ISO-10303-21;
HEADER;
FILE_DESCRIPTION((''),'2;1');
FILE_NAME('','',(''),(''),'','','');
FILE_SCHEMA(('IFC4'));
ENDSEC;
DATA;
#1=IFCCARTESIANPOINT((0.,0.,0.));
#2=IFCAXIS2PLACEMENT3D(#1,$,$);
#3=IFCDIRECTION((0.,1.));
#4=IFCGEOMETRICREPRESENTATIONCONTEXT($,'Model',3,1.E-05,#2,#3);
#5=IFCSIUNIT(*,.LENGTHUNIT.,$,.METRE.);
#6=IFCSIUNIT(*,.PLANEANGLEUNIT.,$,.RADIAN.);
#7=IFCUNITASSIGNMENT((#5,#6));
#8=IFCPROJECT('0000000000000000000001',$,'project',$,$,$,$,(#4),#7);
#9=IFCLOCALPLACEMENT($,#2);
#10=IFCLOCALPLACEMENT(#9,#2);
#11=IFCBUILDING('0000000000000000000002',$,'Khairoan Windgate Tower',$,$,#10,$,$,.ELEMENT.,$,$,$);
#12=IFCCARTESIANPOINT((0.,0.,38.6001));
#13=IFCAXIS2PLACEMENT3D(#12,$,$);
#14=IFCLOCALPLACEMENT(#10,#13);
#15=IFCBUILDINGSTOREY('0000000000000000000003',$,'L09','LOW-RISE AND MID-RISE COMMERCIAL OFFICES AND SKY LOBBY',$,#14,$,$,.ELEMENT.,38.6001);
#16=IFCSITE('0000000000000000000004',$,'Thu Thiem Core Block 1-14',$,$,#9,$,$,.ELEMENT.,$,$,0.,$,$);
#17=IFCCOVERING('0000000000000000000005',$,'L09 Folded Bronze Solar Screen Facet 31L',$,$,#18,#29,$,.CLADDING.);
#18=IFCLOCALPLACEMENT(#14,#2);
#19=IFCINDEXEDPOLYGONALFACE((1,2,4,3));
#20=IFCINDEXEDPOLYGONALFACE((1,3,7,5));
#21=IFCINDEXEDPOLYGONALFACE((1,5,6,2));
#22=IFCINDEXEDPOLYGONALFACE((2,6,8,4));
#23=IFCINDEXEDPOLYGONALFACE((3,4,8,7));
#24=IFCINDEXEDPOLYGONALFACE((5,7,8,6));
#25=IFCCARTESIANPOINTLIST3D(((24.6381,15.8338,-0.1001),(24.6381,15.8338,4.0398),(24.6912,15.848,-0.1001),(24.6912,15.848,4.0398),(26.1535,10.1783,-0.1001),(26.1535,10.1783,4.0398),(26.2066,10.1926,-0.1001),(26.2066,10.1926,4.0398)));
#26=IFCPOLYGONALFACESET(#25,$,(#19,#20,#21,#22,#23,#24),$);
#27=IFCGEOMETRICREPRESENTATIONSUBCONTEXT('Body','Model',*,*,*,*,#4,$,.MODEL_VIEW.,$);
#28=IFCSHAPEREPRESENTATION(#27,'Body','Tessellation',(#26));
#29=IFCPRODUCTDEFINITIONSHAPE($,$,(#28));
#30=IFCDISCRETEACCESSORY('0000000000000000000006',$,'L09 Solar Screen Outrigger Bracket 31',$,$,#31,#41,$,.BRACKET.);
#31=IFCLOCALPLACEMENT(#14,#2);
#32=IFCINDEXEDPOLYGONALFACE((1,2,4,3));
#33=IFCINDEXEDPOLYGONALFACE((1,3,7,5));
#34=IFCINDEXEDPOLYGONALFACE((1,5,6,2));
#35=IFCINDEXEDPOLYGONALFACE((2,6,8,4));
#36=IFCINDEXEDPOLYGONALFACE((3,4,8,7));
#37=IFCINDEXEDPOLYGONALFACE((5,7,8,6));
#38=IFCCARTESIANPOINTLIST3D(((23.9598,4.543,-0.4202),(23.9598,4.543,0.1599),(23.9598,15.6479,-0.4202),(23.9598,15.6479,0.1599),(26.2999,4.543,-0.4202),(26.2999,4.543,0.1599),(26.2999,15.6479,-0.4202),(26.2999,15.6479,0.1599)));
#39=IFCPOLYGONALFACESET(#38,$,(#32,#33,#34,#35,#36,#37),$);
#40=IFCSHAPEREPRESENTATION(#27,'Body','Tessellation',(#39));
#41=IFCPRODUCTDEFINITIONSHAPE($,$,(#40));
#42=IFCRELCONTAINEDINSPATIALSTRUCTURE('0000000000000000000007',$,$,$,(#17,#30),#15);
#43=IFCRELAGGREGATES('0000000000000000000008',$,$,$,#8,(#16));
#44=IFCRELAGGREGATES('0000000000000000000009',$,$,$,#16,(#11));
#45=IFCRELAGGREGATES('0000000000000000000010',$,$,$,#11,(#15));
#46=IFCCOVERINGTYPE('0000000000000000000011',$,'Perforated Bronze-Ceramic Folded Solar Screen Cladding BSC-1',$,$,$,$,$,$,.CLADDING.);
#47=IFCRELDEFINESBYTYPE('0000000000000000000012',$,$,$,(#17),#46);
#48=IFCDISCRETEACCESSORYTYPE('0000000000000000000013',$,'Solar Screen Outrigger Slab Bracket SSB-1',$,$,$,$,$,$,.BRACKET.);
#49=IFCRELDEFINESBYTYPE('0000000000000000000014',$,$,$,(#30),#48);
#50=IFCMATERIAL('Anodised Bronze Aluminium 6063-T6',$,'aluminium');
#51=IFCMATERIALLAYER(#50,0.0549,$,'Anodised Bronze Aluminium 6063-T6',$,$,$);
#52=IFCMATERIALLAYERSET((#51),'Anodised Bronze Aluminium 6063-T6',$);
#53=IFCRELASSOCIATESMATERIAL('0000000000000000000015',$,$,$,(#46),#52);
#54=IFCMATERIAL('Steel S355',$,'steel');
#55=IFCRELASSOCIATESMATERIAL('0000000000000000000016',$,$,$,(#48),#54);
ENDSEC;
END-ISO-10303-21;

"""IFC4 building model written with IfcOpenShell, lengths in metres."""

from ifc_helpers import new_model, si_unit, direction, frame, origin, origin_2d, place, context, subcontext, project, spatial, rectangle, extrude, material, layer, layer_set, type_object, element, save


model = new_model("IFC4")

# Units and contexts
model_context = context("Model", 3, precision=1e-05, world=origin(), true_north=direction((0.0, 1.0)))
body_context = subcontext(model_context, "Body", "Model", "MODEL_VIEW")
ifc_project = project(units=[si_unit("LENGTHUNIT", "METRE"), si_unit("PLANEANGLEUNIT", "RADIAN")], contexts=[model_context])

# Site, building, storey
site_placement = place(None, origin())
site = spatial("IfcSite", under=ifc_project, at=site_placement, Name="Thu Thiem Core Block 1-14", CompositionType="ELEMENT", RefElevation=0.0)
building_placement = place(site_placement, origin())
building = spatial("IfcBuilding", under=site, at=building_placement, Name="Khairoan Windgate Tower", CompositionType="ELEMENT")
storey_placement = place(building_placement, frame((0.0, 0.0, 38.6001)))
storey = spatial("IfcBuildingStorey", under=building, at=storey_placement, Name="L09", Description="LOW-RISE AND MID-RISE COMMERCIAL OFFICES AND SKY LOBBY", CompositionType="ELEMENT", Elevation=38.6001)

# Covering
ifc_material_1 = material(Name="Anodised Bronze Aluminium 6063-T6", Category="aluminium")
ifc_layer_1 = layer(ifc_material_1, 0.0549, Name="Anodised Bronze Aluminium 6063-T6")
ifc_layer_set_1 = layer_set([ifc_layer_1], Name="Anodised Bronze Aluminium 6063-T6")
covering_type = type_object("IfcCoveringType", Name="Perforated Bronze-Ceramic Folded Solar Screen Cladding BSC-1", PredefinedType="CLADDING", material=ifc_layer_set_1)
covering_placement = place(storey_placement, frame((25.4224, 13.0132, -0.1001), z_axis=(0.0, 0.0, 1.0), x_axis=(0.258819, -0.965926, 0.0)))
element("IfcCovering", 1, at=covering_placement, inside=storey, type_object=covering_type, Name="L09 Folded Bronze Solar Screen Facet 31L", PredefinedType="CLADDING", context=body_context, shape_type="SweptSolid", body=[
    extrude(rectangle(XDim=5.855, YDim=0.0549, at=origin_2d()), origin(), (0.0, 0.0, 1.0), 4.1399),
])

# Discrete accessory
ifc_material_2 = material(Name="Steel S355", Category="steel")
discrete_accessory_type = type_object("IfcDiscreteAccessoryType", Name="Solar Screen Outrigger Slab Bracket SSB-1", PredefinedType="BRACKET", material=ifc_material_2)
discrete_accessory_placement = place(storey_placement, frame((25.1299, 10.0955, -0.4202), z_axis=(0.0, 0.0, 1.0), x_axis=(0.0, -1.0, 0.0)))
element("IfcDiscreteAccessory", 2, at=discrete_accessory_placement, inside=storey, type_object=discrete_accessory_type, Name="L09 Solar Screen Outrigger Bracket 31", PredefinedType="BRACKET", context=body_context, shape_type="SweptSolid", body=[
    extrude(rectangle(XDim=11.105, YDim=2.3401, at=origin_2d()), origin(), (0.0, 0.0, 1.0), 0.5801),
])

save(model, "model.ifc")
